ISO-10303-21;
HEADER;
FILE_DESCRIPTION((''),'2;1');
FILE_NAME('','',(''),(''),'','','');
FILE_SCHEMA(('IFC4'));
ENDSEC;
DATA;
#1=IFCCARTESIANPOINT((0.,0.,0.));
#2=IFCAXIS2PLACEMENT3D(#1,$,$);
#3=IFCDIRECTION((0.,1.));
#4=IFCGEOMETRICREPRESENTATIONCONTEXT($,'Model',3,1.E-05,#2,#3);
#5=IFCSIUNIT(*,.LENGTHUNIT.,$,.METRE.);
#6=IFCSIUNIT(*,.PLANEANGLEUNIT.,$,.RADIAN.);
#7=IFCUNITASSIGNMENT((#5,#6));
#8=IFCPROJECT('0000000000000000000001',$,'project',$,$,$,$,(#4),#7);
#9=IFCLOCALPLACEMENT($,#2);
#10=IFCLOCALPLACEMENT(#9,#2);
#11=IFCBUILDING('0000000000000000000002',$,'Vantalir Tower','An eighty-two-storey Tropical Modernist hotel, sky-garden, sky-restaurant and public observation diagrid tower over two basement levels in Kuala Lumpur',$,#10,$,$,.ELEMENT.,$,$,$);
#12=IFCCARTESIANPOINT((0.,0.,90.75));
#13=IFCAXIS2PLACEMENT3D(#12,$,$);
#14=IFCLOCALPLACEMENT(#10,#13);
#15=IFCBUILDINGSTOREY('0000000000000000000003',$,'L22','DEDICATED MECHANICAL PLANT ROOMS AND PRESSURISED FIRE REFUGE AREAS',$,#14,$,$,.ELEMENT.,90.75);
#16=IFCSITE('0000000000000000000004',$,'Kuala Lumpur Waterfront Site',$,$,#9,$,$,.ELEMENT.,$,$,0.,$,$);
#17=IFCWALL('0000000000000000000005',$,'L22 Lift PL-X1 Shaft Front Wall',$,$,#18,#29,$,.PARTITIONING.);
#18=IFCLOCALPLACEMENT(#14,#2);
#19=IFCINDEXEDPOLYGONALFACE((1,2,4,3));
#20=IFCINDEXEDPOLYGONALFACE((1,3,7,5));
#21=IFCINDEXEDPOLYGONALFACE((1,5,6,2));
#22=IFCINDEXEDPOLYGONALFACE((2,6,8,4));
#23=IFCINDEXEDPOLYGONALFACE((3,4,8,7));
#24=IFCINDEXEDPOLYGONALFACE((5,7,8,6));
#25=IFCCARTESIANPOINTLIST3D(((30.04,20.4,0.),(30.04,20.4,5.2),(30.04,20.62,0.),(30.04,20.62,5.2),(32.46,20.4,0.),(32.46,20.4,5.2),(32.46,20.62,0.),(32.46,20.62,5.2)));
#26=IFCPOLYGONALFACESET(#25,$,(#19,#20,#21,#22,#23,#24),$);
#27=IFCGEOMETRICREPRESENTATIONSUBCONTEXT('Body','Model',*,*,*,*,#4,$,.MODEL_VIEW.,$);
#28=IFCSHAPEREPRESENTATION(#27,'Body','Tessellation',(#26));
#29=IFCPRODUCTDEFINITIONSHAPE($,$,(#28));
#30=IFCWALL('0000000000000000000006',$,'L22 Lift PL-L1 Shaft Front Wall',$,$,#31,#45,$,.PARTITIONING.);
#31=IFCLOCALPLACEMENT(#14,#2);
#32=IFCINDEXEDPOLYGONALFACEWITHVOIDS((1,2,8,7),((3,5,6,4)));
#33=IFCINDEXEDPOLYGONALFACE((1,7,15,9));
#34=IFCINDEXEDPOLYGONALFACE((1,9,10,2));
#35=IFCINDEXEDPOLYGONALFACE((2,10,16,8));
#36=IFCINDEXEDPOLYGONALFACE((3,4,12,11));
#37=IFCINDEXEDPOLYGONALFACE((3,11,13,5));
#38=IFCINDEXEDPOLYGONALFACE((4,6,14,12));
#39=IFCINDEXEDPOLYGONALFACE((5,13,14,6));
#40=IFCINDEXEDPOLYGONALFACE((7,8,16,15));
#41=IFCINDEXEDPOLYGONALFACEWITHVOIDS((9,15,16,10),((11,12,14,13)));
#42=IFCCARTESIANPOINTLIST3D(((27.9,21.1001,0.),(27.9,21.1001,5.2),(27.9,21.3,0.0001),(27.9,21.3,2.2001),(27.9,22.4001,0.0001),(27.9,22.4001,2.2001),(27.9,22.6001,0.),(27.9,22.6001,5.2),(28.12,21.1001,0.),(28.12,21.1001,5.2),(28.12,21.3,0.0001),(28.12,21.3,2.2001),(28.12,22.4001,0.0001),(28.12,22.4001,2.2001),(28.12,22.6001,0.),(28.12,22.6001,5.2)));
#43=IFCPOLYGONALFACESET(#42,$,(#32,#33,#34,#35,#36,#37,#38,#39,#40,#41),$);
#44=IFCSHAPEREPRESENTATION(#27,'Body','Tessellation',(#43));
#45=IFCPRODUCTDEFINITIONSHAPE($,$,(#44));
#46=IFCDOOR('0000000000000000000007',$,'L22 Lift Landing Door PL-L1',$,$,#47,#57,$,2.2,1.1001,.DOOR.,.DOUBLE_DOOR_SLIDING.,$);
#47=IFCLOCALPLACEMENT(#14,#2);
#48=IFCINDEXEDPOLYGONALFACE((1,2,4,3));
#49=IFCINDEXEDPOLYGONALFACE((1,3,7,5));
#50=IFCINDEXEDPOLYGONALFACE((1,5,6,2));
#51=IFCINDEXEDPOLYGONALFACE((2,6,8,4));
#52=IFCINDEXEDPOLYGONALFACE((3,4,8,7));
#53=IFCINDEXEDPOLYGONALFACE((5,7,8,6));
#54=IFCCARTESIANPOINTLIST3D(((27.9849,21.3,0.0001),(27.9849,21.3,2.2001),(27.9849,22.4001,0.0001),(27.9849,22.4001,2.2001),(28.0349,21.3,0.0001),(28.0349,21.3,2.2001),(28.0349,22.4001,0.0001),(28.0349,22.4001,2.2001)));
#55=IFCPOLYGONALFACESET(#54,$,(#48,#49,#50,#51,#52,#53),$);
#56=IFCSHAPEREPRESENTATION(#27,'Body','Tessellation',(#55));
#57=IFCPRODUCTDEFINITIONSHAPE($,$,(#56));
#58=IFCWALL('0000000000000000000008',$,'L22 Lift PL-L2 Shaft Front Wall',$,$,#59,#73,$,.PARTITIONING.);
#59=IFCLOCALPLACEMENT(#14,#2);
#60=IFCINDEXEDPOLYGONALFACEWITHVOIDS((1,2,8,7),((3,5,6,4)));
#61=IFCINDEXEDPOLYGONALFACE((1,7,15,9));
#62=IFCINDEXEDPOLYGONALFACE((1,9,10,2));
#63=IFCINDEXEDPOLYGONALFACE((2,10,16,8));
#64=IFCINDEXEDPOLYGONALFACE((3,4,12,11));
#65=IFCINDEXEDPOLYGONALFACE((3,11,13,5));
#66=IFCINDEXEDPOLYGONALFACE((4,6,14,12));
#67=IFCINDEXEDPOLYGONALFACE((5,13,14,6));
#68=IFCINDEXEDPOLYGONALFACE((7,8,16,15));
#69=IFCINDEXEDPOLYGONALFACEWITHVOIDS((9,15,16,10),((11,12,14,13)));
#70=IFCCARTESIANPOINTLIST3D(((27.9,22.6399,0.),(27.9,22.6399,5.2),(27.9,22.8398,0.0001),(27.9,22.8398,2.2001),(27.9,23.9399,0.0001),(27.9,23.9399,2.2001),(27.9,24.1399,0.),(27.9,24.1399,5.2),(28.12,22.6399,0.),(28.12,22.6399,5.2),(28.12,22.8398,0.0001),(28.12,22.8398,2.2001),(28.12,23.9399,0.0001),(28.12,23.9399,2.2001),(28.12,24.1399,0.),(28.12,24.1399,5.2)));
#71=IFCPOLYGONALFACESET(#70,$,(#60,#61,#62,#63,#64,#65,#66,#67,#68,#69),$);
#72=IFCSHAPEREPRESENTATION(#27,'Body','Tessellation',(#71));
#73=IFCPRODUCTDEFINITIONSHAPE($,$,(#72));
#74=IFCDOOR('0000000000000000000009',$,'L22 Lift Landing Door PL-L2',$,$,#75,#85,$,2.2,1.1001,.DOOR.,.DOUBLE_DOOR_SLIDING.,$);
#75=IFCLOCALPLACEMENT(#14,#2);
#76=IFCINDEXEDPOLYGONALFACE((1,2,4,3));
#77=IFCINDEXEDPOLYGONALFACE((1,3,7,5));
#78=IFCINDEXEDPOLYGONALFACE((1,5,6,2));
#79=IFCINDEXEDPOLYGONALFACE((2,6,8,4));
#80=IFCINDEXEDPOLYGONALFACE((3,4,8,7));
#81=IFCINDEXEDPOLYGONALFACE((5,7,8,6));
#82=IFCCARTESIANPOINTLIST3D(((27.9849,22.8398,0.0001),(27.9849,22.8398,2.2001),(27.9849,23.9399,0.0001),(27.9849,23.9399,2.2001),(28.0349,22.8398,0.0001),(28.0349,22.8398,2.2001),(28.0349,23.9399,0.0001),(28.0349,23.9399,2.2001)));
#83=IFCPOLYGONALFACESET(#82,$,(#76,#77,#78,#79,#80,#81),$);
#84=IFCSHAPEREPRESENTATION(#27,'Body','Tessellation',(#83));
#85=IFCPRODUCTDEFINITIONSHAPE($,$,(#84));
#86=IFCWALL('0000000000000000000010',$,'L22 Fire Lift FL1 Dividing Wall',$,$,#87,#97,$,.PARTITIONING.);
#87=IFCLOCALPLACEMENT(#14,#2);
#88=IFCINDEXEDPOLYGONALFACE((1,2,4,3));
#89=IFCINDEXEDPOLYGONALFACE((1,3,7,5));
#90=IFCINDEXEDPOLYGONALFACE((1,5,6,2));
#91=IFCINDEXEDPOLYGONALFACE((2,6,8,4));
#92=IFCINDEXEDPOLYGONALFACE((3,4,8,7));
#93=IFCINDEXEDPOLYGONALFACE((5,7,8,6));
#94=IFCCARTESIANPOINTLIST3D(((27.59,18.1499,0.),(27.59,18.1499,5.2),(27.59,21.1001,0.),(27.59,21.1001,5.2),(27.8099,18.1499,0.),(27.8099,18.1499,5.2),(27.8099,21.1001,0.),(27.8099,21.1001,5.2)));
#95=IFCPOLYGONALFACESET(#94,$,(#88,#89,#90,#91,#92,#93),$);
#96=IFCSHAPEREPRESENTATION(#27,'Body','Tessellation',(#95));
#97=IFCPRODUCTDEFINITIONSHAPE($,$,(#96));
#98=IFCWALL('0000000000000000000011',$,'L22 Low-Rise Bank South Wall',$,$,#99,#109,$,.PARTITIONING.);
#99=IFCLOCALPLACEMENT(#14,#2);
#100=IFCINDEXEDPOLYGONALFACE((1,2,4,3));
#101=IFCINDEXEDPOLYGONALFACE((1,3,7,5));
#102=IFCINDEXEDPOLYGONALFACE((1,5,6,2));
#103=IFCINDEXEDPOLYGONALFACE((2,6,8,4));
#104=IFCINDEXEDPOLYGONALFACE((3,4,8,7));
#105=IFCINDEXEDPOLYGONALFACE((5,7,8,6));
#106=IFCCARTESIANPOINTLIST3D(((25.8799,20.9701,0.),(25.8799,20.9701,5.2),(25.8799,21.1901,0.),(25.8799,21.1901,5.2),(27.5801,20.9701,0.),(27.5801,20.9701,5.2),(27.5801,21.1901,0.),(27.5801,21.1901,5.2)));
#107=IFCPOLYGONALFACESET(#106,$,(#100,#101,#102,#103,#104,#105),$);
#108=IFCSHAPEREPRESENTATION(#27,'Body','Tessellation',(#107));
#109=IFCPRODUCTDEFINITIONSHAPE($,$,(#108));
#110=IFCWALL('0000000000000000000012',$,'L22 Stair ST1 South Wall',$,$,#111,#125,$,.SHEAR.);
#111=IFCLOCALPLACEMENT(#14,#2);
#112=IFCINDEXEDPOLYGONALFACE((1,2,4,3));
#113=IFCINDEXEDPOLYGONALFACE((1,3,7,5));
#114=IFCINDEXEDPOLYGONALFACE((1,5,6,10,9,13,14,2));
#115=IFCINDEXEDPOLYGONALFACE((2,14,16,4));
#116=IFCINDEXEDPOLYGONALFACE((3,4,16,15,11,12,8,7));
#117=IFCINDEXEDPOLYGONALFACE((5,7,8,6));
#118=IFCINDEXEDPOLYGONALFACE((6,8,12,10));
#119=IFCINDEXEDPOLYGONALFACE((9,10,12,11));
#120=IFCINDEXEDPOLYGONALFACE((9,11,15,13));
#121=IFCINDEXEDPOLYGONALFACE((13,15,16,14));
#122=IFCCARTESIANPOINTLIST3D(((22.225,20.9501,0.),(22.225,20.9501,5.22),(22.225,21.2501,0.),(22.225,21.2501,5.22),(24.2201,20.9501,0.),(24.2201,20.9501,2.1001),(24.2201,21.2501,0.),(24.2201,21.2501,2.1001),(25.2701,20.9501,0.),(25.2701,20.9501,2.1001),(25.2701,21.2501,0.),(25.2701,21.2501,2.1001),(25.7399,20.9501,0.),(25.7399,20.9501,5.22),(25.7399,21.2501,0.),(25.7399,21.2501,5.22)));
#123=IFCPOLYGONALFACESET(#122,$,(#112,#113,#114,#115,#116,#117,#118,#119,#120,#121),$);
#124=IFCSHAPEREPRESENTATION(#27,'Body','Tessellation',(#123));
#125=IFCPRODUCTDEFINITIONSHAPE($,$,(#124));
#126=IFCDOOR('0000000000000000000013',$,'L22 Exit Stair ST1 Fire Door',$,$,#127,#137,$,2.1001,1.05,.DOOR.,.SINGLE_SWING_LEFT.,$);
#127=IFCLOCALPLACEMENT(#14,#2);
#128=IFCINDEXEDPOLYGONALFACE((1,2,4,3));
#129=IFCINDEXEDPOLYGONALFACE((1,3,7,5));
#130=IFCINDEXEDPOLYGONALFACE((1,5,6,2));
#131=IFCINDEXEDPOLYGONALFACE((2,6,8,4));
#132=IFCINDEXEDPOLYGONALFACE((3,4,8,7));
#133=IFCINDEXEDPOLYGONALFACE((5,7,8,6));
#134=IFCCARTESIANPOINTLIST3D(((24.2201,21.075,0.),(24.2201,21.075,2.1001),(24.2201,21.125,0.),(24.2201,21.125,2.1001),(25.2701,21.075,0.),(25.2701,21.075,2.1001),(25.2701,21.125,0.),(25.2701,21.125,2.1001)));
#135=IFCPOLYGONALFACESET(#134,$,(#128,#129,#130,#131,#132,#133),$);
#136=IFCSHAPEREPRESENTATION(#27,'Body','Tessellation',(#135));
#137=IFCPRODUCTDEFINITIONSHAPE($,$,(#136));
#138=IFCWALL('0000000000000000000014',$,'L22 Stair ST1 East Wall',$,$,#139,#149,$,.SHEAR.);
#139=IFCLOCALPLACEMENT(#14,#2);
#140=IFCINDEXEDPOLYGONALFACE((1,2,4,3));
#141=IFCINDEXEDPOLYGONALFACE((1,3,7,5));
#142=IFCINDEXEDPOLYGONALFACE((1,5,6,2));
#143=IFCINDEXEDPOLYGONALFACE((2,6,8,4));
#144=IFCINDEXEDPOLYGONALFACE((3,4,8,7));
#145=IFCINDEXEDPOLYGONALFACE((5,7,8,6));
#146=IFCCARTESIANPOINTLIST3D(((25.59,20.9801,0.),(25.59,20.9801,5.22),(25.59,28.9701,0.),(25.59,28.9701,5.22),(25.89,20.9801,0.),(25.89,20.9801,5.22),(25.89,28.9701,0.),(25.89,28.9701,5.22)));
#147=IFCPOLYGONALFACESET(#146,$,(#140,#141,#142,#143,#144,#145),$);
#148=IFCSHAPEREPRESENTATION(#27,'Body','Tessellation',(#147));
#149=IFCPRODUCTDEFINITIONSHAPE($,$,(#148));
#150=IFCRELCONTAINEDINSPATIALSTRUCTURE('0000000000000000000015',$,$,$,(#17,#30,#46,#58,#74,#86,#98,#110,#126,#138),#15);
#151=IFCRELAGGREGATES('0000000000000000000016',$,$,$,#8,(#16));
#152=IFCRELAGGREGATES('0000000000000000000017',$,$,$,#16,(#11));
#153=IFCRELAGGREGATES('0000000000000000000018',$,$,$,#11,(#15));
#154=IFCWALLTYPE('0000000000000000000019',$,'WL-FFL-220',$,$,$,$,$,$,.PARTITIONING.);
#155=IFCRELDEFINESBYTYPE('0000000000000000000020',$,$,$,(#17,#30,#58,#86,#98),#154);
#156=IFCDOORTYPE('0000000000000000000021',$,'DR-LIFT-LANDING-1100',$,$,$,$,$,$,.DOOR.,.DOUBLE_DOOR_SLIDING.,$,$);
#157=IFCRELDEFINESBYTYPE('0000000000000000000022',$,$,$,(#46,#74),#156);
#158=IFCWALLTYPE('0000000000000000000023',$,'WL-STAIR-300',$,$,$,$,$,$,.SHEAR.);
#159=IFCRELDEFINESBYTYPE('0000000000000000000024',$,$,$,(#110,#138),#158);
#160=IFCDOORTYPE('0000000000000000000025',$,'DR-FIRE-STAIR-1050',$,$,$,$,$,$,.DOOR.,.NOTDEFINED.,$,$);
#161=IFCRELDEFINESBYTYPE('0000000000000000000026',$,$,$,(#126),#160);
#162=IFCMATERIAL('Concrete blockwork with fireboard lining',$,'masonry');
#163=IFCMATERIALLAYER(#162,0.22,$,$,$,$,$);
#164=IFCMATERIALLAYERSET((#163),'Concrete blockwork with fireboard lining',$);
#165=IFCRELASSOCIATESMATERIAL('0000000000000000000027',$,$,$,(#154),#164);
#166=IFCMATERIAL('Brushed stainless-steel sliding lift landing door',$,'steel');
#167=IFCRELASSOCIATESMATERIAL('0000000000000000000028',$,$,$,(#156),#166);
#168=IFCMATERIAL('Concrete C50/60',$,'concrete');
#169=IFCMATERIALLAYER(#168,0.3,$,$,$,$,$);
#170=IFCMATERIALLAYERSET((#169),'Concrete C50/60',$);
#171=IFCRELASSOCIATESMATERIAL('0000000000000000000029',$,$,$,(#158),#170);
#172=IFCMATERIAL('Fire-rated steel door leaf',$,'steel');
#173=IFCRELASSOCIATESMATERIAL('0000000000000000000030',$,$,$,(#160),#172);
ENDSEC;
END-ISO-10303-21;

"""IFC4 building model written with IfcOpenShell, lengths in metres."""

from ifc_helpers import new_model, si_unit, direction, frame, frame_2d, origin, place, context, subcontext, project, spatial, rectangle, extrude, material, layer, layer_set, type_object, element, fill, save


model = new_model("IFC4")

# Units and contexts
model_context = context("Model", 3, precision=1e-05, world=origin(), true_north=direction((0.0, 1.0)))
body_context = subcontext(model_context, "Body", "Model", "MODEL_VIEW")
ifc_project = project(units=[si_unit("LENGTHUNIT", "METRE"), si_unit("PLANEANGLEUNIT", "RADIAN")], contexts=[model_context])

# Site, building, storey
site_placement = place(None, origin())
site = spatial("IfcSite", under=ifc_project, at=site_placement, Name="Kuala Lumpur Waterfront Site", CompositionType="ELEMENT", RefElevation=0.0)
building_placement = place(site_placement, origin())
building = spatial("IfcBuilding", under=site, at=building_placement, Name="Vantalir Tower", Description="An eighty-two-storey Tropical Modernist hotel, sky-garden, sky-restaurant and public observation diagrid tower over two basement levels in Kuala Lumpur", CompositionType="ELEMENT")
storey_placement = place(building_placement, frame((0.0, 0.0, 90.75)))
storey = spatial("IfcBuildingStorey", under=building, at=storey_placement, Name="L22", Description="DEDICATED MECHANICAL PLANT ROOMS AND PRESSURISED FIRE REFUGE AREAS", CompositionType="ELEMENT", Elevation=90.75)

# Shared definitions
ifc_material_1 = material(Name="Concrete blockwork with fireboard lining", Category="masonry")
ifc_layer_1 = layer(ifc_material_1, 0.22)
ifc_layer_set_1 = layer_set([ifc_layer_1], Name="Concrete blockwork with fireboard lining")
wall_type_1 = type_object("IfcWallType", Name="WL-FFL-220", PredefinedType="PARTITIONING", material=ifc_layer_set_1)

# Shared definitions
ifc_material_2 = material(Name="Brushed stainless-steel sliding lift landing door", Category="steel")
door_type_1 = type_object("IfcDoorType", Name="DR-LIFT-LANDING-1100", OperationType="DOUBLE_DOOR_SLIDING", PredefinedType="DOOR", material=ifc_material_2)

# Wall
wall_1_placement = place(storey_placement, frame((30.04, 20.51, 0.0), z_axis=(0.0, 0.0, 1.0), x_axis=(1.0, 0.0, 0.0)))
element("IfcWall", 1, at=wall_1_placement, inside=storey, type_object=wall_type_1, Name="L22 Lift PL-X1 Shaft Front Wall", PredefinedType="PARTITIONING", context=body_context, shape_type="SweptSolid", body=[
    extrude(rectangle(XDim=2.4199, YDim=0.22, at=frame_2d((1.21, 0.0))), origin(), (0.0, 0.0, 1.0), 5.2),
])

# Walls, openings, doors
wall_2_placement = place(storey_placement, frame((28.01, 21.1001, 0.0), z_axis=(0.0, 0.0, 1.0), x_axis=(0.0, 1.0, 0.0)))
wall_2 = element("IfcWall", 2, at=wall_2_placement, inside=storey, type_object=wall_type_1, Name="L22 Lift PL-L1 Shaft Front Wall", PredefinedType="PARTITIONING", context=body_context, shape_type="SweptSolid", body=[
    extrude(rectangle(XDim=1.5, YDim=0.22, at=frame_2d((0.75, 0.0))), origin(), (0.0, 0.0, 1.0), 5.2),
])
opening_1_placement = place(wall_2_placement, frame((0.2, 0.0, 0.0)))
opening_1 = element("IfcOpeningElement", 3, at=opening_1_placement, cuts=wall_2, PredefinedType="OPENING", context=body_context, shape_type="SweptSolid", body=[
    extrude(rectangle(XDim=1.1001, YDim=2.2, at=frame_2d((0.55, 1.1001))), frame((0.0, 0.1199, 0.0), z_axis=(0.0, -1.0, 0.0), x_axis=(1.0, 0.0, 0.0)), (0.0, 0.0, 1.0), 0.24),
])
door_1_placement = place(opening_1_placement, frame((1.1001, 0.0, 0.0), z_axis=(0.0, 0.0, 1.0), x_axis=(-1.0, 0.0, 0.0)))
door_1 = element("IfcDoor", 4, at=door_1_placement, inside=storey, type_object=door_type_1, Name="L22 Lift Landing Door PL-L1", OperationType="DOUBLE_DOOR_SLIDING", OverallHeight=2.2, OverallWidth=1.1001, PredefinedType="DOOR", context=body_context, shape_type="SweptSolid", body=[
    extrude(rectangle(XDim=1.1001, YDim=2.2, at=frame_2d((0.55, 1.1001))), frame((0.0, 0.0249, 0.0), z_axis=(0.0, -1.0, 0.0), x_axis=(1.0, 0.0, 0.0)), (0.0, 0.0, 1.0), 0.05),
])
fill(opening_1, door_1)
wall_3_placement = place(storey_placement, frame((28.01, 22.6399, 0.0), z_axis=(0.0, 0.0, 1.0), x_axis=(0.0, 1.0, 0.0)))
wall_3 = element("IfcWall", 5, at=wall_3_placement, inside=storey, type_object=wall_type_1, Name="L22 Lift PL-L2 Shaft Front Wall", PredefinedType="PARTITIONING", context=body_context, shape_type="SweptSolid", body=[
    extrude(rectangle(XDim=1.5, YDim=0.22, at=frame_2d((0.75, 0.0))), origin(), (0.0, 0.0, 1.0), 5.2),
])
opening_2_placement = place(wall_3_placement, frame((0.2, 0.0, 0.0)))
opening_2 = element("IfcOpeningElement", 6, at=opening_2_placement, cuts=wall_3, PredefinedType="OPENING", context=body_context, shape_type="SweptSolid", body=[
    extrude(rectangle(XDim=1.1001, YDim=2.2, at=frame_2d((0.55, 1.1001))), frame((0.0, 0.1199, 0.0), z_axis=(0.0, -1.0, 0.0), x_axis=(1.0, 0.0, 0.0)), (0.0, 0.0, 1.0), 0.24),
])
door_2_placement = place(opening_2_placement, frame((1.1001, 0.0, 0.0), z_axis=(0.0, 0.0, 1.0), x_axis=(-1.0, 0.0, 0.0)))
door_2 = element("IfcDoor", 7, at=door_2_placement, inside=storey, type_object=door_type_1, Name="L22 Lift Landing Door PL-L2", OperationType="DOUBLE_DOOR_SLIDING", OverallHeight=2.2, OverallWidth=1.1001, PredefinedType="DOOR", context=body_context, shape_type="SweptSolid", body=[
    extrude(rectangle(XDim=1.1001, YDim=2.2, at=frame_2d((0.55, 1.1001))), frame((0.0, 0.0249, 0.0), z_axis=(0.0, -1.0, 0.0), x_axis=(1.0, 0.0, 0.0)), (0.0, 0.0, 1.0), 0.05),
])
fill(opening_2, door_2)

# Walls
wall_4_placement = place(storey_placement, frame((27.7, 18.1499, 0.0), z_axis=(0.0, 0.0, 1.0), x_axis=(0.0, 1.0, 0.0)))
element("IfcWall", 8, at=wall_4_placement, inside=storey, type_object=wall_type_1, Name="L22 Fire Lift FL1 Dividing Wall", PredefinedType="PARTITIONING", context=body_context, shape_type="SweptSolid", body=[
    extrude(rectangle(XDim=2.9502, YDim=0.22, at=frame_2d((1.4751, 0.0))), origin(), (0.0, 0.0, 1.0), 5.2),
])
wall_5_placement = place(storey_placement, frame((25.8799, 21.0801, 0.0), z_axis=(0.0, 0.0, 1.0), x_axis=(1.0, 0.0, 0.0)))
element("IfcWall", 9, at=wall_5_placement, inside=storey, type_object=wall_type_1, Name="L22 Low-Rise Bank South Wall", PredefinedType="PARTITIONING", context=body_context, shape_type="SweptSolid", body=[
    extrude(rectangle(XDim=1.7002, YDim=0.22, at=frame_2d((0.8501, 0.0))), origin(), (0.0, 0.0, 1.0), 5.2),
])

# Wall, opening, door
ifc_material_3 = material(Name="Concrete C50/60", Category="concrete")
ifc_layer_2 = layer(ifc_material_3, 0.3)
ifc_layer_set_2 = layer_set([ifc_layer_2], Name="Concrete C50/60")
wall_type_2 = type_object("IfcWallType", Name="WL-STAIR-300", PredefinedType="SHEAR", material=ifc_layer_set_2)
wall_6_placement = place(storey_placement, frame((22.2251, 21.1001, 0.0), z_axis=(0.0, 0.0, 1.0), x_axis=(1.0, 0.0, 0.0)))
wall_6 = element("IfcWall", 10, at=wall_6_placement, inside=storey, type_object=wall_type_2, Name="L22 Stair ST1 South Wall", PredefinedType="SHEAR", context=body_context, shape_type="SweptSolid", body=[
    extrude(rectangle(XDim=3.5149, YDim=0.3, at=frame_2d((1.7573, 0.0))), origin(), (0.0, 0.0, 1.0), 5.22),
])
opening_3_placement = place(wall_6_placement, frame((1.9951, 0.0, 0.0)))
opening_3 = element("IfcOpeningElement", 11, at=opening_3_placement, cuts=wall_6, PredefinedType="OPENING", context=body_context, shape_type="SweptSolid", body=[
    extrude(rectangle(XDim=1.05, YDim=2.1001, at=frame_2d((0.5249, 1.05))), frame((0.0, 0.1599, 0.0), z_axis=(0.0, -1.0, 0.0), x_axis=(1.0, 0.0, 0.0)), (0.0, 0.0, 1.0), 0.3201),
])
ifc_material_4 = material(Name="Fire-rated steel door leaf", Category="steel")
door_type_2 = type_object("IfcDoorType", Name="DR-FIRE-STAIR-1050", OperationType="NOTDEFINED", PredefinedType="DOOR", material=ifc_material_4)
door_3_placement = place(opening_3_placement, origin())
door_3 = element("IfcDoor", 12, at=door_3_placement, inside=storey, type_object=door_type_2, Name="L22 Exit Stair ST1 Fire Door", OperationType="SINGLE_SWING_LEFT", OverallHeight=2.1001, OverallWidth=1.05, PredefinedType="DOOR", context=body_context, shape_type="SweptSolid", body=[
    extrude(rectangle(XDim=1.05, YDim=2.1001, at=frame_2d((0.5249, 1.05))), frame((0.0, 0.0249, 0.0), z_axis=(0.0, -1.0, 0.0), x_axis=(1.0, 0.0, 0.0)), (0.0, 0.0, 1.0), 0.05),
])
fill(opening_3, door_3)

# Wall
wall_7_placement = place(storey_placement, frame((25.74, 20.98, 0.0), z_axis=(0.0, 0.0, 1.0), x_axis=(0.0, 1.0, 0.0)))
element("IfcWall", 13, at=wall_7_placement, inside=storey, type_object=wall_type_2, Name="L22 Stair ST1 East Wall", PredefinedType="SHEAR", context=body_context, shape_type="SweptSolid", body=[
    extrude(rectangle(XDim=7.99, YDim=0.3, at=frame_2d((3.9951, 0.0))), origin(), (0.0, 0.0, 1.0), 5.22),
])

save(model, "model.ifc")
